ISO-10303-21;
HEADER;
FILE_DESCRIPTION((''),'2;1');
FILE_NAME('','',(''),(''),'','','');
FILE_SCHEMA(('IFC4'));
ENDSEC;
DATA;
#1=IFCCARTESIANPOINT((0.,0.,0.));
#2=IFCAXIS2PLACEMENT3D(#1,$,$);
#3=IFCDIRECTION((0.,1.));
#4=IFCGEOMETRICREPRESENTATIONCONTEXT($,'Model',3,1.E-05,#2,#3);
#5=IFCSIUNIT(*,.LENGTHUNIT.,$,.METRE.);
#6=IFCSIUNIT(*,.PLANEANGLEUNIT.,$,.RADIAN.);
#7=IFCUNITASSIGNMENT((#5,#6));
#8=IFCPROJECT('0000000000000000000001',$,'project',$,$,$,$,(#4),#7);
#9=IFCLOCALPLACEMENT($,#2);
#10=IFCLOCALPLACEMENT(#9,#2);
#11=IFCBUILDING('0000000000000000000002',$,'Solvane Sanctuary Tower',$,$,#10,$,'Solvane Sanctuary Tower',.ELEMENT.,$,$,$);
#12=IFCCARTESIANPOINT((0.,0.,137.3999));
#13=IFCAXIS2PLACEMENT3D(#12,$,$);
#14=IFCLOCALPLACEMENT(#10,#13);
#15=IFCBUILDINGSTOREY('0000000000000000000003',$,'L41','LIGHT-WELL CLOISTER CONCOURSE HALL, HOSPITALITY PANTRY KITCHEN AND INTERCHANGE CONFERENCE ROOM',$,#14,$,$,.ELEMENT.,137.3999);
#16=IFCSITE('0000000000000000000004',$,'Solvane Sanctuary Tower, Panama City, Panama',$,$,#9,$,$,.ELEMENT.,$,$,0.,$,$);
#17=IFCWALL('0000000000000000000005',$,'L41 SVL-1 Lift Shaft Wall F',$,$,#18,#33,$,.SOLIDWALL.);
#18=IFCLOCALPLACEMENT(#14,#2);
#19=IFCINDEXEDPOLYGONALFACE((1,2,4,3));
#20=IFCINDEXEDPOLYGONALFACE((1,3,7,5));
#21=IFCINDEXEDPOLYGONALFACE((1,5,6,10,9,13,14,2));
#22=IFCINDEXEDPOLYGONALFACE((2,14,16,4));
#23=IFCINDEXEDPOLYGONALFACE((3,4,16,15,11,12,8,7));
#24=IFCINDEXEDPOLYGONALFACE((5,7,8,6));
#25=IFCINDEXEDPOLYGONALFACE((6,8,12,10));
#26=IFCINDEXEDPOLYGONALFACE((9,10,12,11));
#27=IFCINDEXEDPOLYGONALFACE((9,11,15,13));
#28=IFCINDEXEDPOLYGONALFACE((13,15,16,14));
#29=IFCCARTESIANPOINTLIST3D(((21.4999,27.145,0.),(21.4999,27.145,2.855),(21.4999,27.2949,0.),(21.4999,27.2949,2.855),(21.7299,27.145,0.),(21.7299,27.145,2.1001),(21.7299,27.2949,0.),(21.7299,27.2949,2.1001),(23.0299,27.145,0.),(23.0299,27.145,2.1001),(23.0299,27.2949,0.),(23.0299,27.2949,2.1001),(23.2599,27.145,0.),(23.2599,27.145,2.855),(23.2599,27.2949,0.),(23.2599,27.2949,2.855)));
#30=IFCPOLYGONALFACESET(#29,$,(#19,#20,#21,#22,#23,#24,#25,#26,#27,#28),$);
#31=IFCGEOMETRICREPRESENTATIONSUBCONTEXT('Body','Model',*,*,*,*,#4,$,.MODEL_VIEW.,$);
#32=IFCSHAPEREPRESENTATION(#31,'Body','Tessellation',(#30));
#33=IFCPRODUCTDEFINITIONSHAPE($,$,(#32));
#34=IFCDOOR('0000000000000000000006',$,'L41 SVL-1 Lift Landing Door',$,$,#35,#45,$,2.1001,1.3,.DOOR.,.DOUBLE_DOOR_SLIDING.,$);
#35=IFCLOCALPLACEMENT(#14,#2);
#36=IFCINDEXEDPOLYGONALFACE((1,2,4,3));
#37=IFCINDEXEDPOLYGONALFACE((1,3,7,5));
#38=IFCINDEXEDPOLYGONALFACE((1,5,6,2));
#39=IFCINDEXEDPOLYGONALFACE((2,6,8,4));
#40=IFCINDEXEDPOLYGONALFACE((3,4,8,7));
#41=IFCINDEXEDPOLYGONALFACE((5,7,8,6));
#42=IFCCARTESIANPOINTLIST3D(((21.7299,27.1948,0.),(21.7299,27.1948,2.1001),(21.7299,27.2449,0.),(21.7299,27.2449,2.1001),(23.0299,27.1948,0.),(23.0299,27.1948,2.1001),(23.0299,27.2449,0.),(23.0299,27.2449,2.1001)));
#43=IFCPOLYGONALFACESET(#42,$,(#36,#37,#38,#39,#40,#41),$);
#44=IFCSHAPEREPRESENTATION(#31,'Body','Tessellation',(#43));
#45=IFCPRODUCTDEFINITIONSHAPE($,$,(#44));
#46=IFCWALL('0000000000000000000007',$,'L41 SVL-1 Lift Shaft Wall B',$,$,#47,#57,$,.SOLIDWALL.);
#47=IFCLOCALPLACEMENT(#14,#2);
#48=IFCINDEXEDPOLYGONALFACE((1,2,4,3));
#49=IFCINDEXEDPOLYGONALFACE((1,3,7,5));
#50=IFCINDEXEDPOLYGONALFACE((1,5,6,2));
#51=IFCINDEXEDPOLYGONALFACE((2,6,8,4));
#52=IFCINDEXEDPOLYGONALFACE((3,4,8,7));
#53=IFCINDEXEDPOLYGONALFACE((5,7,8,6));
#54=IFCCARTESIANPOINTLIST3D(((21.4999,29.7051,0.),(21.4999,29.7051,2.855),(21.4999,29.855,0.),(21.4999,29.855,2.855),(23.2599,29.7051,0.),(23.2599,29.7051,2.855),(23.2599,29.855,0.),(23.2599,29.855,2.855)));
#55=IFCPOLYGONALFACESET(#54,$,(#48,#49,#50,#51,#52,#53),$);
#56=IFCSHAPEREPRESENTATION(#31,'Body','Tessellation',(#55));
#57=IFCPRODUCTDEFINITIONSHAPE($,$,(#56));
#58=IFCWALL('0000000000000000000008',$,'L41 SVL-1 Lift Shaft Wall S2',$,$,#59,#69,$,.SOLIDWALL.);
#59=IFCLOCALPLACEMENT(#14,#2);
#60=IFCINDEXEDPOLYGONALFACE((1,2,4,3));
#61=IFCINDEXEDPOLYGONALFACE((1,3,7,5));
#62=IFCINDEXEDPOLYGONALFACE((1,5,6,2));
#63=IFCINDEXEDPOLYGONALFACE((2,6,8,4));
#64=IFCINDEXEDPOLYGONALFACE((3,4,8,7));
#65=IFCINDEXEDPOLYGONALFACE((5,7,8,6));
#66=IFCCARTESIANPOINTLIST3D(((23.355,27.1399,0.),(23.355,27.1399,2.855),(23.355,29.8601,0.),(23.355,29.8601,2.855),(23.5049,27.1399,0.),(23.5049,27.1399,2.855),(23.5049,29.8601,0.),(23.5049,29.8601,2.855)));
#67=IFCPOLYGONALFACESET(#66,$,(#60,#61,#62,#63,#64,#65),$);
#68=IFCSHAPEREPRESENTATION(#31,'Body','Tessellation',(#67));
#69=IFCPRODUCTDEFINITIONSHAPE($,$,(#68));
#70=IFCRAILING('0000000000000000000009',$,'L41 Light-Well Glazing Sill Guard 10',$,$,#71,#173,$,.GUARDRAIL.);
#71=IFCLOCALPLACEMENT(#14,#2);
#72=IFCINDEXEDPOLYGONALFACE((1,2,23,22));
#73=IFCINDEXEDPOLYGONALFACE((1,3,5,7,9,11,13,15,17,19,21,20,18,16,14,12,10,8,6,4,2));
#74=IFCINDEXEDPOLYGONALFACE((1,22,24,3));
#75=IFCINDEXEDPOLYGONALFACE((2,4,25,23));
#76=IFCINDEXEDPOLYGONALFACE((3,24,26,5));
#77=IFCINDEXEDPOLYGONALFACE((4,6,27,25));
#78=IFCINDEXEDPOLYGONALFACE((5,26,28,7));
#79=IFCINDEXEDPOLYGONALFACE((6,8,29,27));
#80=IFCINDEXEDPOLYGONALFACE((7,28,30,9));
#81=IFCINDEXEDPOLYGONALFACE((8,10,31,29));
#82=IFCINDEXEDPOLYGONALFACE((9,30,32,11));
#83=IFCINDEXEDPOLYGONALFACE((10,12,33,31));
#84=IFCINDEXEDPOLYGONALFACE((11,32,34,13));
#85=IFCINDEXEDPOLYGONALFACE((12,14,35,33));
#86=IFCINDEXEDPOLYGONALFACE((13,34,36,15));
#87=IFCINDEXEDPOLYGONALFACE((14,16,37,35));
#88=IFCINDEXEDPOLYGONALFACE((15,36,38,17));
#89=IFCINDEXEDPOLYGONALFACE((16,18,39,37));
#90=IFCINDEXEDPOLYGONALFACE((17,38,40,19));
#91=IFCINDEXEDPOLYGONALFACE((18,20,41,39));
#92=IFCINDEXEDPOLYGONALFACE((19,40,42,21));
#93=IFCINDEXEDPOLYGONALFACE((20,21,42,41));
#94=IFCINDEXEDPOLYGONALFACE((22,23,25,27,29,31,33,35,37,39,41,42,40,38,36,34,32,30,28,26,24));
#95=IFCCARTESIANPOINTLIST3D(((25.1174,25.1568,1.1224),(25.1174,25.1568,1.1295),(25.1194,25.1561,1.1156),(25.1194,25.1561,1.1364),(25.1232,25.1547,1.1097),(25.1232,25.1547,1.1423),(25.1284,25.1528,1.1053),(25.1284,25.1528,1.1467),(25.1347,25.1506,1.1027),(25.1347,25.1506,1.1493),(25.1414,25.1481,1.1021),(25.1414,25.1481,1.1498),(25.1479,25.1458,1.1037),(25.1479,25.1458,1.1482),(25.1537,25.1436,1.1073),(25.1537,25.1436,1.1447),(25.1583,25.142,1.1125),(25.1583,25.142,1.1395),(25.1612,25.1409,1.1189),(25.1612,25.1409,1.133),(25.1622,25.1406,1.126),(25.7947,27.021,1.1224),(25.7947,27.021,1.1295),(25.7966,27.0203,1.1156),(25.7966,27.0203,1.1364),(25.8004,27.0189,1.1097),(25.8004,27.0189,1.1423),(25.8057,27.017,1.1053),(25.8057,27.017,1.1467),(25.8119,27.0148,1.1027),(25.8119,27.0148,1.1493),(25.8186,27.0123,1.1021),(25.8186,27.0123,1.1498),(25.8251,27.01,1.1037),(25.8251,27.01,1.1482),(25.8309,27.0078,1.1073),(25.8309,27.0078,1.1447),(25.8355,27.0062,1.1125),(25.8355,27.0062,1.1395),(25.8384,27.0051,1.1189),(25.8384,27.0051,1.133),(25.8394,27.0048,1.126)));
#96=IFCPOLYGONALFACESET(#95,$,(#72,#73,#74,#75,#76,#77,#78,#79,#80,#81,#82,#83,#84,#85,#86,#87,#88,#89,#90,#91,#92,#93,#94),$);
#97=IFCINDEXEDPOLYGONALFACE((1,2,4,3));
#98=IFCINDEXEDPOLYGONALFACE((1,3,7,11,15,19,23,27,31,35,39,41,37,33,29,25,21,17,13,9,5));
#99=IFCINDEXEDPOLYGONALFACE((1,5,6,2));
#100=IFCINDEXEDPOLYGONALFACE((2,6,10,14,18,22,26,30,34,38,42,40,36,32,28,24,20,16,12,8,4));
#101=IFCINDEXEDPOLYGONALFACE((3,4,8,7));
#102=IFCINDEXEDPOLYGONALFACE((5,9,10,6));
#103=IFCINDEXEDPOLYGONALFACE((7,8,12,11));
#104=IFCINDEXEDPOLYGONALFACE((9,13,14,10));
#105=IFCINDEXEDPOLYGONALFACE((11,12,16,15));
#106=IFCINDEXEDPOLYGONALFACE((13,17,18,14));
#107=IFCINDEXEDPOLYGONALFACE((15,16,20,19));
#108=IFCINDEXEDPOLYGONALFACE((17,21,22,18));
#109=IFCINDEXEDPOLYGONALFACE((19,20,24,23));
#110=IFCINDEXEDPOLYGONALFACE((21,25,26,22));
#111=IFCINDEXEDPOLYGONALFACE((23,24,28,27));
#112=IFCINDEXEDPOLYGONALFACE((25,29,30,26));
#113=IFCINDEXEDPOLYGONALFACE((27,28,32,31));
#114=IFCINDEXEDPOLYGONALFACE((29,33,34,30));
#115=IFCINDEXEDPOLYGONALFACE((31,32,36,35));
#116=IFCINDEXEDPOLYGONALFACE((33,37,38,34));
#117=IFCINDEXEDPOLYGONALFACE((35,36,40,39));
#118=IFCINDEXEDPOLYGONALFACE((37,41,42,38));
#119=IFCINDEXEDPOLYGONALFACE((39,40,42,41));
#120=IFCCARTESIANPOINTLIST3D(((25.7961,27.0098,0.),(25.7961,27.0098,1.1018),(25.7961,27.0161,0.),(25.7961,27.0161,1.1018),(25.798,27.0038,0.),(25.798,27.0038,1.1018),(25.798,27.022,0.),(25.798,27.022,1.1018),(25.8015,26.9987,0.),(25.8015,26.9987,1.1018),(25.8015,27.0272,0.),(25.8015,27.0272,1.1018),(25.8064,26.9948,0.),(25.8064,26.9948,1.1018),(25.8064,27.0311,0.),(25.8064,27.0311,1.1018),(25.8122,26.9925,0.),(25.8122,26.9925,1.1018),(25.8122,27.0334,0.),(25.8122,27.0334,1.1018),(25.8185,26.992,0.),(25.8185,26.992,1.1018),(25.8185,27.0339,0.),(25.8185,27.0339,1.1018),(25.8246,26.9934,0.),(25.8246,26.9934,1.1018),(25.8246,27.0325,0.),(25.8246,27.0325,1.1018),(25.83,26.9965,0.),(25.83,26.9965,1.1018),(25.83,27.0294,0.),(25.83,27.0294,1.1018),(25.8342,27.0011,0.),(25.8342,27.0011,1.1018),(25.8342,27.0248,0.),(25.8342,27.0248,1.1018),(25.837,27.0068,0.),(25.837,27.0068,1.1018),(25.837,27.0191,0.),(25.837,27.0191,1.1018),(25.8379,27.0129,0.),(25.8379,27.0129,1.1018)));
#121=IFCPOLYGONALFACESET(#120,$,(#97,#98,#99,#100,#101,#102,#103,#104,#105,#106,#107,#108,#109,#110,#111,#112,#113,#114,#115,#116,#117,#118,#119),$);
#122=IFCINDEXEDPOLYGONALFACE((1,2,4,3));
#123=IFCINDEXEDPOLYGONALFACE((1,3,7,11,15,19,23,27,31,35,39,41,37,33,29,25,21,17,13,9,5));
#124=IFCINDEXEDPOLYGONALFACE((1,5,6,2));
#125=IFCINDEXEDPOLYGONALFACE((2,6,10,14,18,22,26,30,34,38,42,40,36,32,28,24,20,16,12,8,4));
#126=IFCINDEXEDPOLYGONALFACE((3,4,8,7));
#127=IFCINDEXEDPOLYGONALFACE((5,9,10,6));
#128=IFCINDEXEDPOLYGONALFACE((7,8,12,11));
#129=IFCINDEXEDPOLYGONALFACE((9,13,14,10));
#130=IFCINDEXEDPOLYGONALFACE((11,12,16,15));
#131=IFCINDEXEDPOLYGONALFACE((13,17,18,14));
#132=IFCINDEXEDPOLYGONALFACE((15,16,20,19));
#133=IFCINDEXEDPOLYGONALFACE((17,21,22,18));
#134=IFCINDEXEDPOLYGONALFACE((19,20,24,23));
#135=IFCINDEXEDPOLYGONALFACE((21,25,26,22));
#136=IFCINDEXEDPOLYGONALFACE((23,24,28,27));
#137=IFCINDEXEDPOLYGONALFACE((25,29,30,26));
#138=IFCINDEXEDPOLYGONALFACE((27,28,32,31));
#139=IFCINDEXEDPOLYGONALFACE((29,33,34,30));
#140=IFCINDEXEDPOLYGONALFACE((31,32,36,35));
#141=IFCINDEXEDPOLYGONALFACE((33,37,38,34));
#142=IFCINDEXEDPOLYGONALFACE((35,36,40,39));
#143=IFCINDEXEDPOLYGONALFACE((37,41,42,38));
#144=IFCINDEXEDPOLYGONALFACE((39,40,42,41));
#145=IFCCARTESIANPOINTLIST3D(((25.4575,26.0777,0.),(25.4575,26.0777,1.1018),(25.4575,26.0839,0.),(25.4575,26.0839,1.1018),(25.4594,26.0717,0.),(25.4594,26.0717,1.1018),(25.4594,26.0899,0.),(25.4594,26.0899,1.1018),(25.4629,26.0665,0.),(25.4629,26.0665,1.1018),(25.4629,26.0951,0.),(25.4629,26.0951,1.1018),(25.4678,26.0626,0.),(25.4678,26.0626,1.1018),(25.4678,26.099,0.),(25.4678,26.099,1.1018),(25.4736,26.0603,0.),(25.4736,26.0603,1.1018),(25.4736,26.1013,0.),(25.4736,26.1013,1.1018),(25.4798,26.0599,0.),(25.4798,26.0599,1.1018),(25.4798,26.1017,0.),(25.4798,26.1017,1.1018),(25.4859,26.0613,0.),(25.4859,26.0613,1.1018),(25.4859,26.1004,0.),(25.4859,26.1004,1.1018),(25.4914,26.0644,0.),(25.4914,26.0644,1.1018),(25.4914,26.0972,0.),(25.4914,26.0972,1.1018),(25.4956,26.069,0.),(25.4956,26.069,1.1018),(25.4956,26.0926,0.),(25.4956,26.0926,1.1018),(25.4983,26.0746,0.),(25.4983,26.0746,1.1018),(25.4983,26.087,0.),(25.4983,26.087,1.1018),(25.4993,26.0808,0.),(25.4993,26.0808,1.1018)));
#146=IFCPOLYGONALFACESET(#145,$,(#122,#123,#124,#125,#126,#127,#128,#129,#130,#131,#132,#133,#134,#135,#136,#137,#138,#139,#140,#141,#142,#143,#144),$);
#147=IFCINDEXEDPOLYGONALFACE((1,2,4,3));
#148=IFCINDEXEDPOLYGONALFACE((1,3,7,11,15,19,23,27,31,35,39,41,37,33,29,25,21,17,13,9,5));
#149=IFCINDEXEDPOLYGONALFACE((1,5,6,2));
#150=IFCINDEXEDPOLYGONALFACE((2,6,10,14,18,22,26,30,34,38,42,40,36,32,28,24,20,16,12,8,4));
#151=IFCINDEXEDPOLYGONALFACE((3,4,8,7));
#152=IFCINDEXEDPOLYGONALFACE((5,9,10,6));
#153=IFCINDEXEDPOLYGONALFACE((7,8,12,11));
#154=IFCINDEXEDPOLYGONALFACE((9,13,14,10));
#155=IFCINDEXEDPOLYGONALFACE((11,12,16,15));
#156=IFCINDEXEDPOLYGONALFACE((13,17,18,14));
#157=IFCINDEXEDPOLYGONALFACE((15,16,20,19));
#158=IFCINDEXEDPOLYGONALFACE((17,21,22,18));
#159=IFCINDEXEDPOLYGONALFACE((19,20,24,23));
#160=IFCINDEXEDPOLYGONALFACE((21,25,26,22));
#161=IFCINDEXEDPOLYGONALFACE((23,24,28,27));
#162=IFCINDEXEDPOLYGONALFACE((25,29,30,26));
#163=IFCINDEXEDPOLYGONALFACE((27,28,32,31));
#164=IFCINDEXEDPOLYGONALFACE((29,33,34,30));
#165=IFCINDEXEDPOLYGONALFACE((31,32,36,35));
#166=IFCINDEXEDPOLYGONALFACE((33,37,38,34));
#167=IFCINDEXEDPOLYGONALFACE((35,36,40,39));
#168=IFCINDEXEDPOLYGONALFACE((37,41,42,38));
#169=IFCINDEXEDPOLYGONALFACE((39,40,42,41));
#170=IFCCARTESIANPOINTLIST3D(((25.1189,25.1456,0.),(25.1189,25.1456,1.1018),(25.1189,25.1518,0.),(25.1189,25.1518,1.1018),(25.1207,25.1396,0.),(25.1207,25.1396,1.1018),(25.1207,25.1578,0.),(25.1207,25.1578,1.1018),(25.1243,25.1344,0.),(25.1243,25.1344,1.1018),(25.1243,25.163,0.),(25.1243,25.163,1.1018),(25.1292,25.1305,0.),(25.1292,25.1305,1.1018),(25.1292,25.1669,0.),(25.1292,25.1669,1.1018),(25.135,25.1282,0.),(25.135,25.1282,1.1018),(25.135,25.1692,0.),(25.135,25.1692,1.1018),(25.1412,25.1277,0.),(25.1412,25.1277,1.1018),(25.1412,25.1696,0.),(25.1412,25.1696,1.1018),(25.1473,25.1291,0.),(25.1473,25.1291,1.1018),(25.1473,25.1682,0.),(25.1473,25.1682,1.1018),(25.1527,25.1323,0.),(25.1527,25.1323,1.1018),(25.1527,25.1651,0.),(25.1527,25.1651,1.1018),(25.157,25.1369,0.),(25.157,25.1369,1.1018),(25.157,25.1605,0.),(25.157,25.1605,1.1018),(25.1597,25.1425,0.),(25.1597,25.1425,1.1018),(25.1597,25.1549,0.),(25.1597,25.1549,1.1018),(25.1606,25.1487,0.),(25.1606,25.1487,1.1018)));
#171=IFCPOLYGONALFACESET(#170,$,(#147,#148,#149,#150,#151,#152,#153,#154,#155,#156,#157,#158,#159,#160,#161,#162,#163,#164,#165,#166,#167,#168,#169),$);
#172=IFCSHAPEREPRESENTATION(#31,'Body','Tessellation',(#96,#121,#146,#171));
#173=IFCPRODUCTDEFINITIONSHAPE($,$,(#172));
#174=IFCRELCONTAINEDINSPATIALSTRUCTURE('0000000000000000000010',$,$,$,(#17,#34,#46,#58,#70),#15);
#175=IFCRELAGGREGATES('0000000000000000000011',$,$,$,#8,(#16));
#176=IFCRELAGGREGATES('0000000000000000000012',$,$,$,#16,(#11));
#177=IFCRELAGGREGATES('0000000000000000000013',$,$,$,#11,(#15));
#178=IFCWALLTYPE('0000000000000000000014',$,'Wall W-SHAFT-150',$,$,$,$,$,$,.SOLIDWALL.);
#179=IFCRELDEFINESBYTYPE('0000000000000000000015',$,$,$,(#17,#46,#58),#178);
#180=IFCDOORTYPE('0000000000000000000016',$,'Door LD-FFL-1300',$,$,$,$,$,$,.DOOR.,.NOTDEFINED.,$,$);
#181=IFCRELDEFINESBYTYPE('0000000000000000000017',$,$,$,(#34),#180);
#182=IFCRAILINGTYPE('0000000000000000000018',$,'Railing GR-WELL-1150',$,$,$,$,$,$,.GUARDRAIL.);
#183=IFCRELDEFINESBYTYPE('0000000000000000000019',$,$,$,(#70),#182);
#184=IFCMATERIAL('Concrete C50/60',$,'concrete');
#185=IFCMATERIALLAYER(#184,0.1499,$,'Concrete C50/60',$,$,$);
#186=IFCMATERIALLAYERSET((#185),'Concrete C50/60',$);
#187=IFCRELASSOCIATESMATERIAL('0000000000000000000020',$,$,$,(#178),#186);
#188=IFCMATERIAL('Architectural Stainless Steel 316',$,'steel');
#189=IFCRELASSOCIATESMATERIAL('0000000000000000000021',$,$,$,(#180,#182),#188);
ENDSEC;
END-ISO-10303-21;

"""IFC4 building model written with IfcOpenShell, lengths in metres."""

from ifc_helpers import new_model, si_unit, direction, frame, frame_2d, origin, origin_2d, place, context, subcontext, project, spatial, rectangle, circle, extrude, material, layer, layer_set, type_object, element, fill, save


model = new_model("IFC4")

# Units and contexts
model_context = context("Model", 3, precision=1e-05, world=origin(), true_north=direction((0.0, 1.0)))
body_context = subcontext(model_context, "Body", "Model", "MODEL_VIEW")
ifc_project = project(units=[si_unit("LENGTHUNIT", "METRE"), si_unit("PLANEANGLEUNIT", "RADIAN")], contexts=[model_context])

# Site, building, storey
site_placement = place(None, origin())
site = spatial("IfcSite", under=ifc_project, at=site_placement, Name="Solvane Sanctuary Tower, Panama City, Panama", CompositionType="ELEMENT", RefElevation=0.0)
building_placement = place(site_placement, origin())
building = spatial("IfcBuilding", under=site, at=building_placement, Name="Solvane Sanctuary Tower", LongName="Solvane Sanctuary Tower", CompositionType="ELEMENT")
storey_placement = place(building_placement, frame((0.0, 0.0, 137.3999)))
storey = spatial("IfcBuildingStorey", under=building, at=storey_placement, Name="L41", Description="LIGHT-WELL CLOISTER CONCOURSE HALL, HOSPITALITY PANTRY KITCHEN AND INTERCHANGE CONFERENCE ROOM", CompositionType="ELEMENT", Elevation=137.3999)

# Shared definitions
ifc_material_1 = material(Name="Concrete C50/60", Category="concrete")

# Shared definitions
ifc_material_2 = material(Name="Architectural Stainless Steel 316", Category="steel")

# Shared definitions
ifc_layer_1 = layer(ifc_material_1, 0.1499, Name="Concrete C50/60")
ifc_layer_set_1 = layer_set([ifc_layer_1], Name="Concrete C50/60")
wall_type_1 = type_object("IfcWallType", Name="Wall W-SHAFT-150", PredefinedType="SOLIDWALL", material=ifc_layer_set_1)

# Wall, opening, door
wall_1_placement = place(storey_placement, frame((21.5, 27.22, 0.0), z_axis=(0.0, 0.0, 1.0), x_axis=(1.0, 0.0, 0.0)))
wall_1 = element("IfcWall", 1, at=wall_1_placement, inside=storey, type_object=wall_type_1, Name="L41 SVL-1 Lift Shaft Wall F", PredefinedType="SOLIDWALL", context=body_context, shape_type="SweptSolid", body=[
    extrude(rectangle(XDim=1.76, YDim=0.1499, at=frame_2d((0.8799, 0.0))), origin(), (0.0, 0.0, 1.0), 2.855),
])
opening_1_placement = place(wall_1_placement, frame((0.23, 0.0, 0.0)))
opening_1 = element("IfcOpeningElement", 2, at=opening_1_placement, cuts=wall_1, PredefinedType="OPENING", context=body_context, shape_type="SweptSolid", body=[
    extrude(rectangle(XDim=1.3, YDim=2.1001, at=frame_2d((0.6499, 1.05))), frame((0.0, 0.085, 0.0), z_axis=(0.0, -1.0, 0.0), x_axis=(1.0, 0.0, 0.0)), (0.0, 0.0, 1.0), 0.1699),
])
door_type_1 = type_object("IfcDoorType", Name="Door LD-FFL-1300", OperationType="NOTDEFINED", PredefinedType="DOOR", material=ifc_material_2)
door_1_placement = place(opening_1_placement, origin())
door_1 = element("IfcDoor", 3, at=door_1_placement, inside=storey, type_object=door_type_1, Name="L41 SVL-1 Lift Landing Door", OperationType="DOUBLE_DOOR_SLIDING", OverallHeight=2.1001, OverallWidth=1.3, PredefinedType="DOOR", context=body_context, shape_type="SweptSolid", body=[
    extrude(rectangle(XDim=1.3, YDim=2.1001, at=frame_2d((0.6499, 1.05))), frame((0.0, 0.0249, 0.0), z_axis=(0.0, -1.0, 0.0), x_axis=(1.0, 0.0, 0.0)), (0.0, 0.0, 1.0), 0.05),
])
fill(opening_1, door_1)

# Walls
wall_2_placement = place(storey_placement, frame((21.5, 29.78, 0.0), z_axis=(0.0, 0.0, 1.0), x_axis=(1.0, 0.0, 0.0)))
element("IfcWall", 4, at=wall_2_placement, inside=storey, type_object=wall_type_1, Name="L41 SVL-1 Lift Shaft Wall B", PredefinedType="SOLIDWALL", context=body_context, shape_type="SweptSolid", body=[
    extrude(rectangle(XDim=1.76, YDim=0.1499, at=frame_2d((0.8799, 0.0))), origin(), (0.0, 0.0, 1.0), 2.855),
])
wall_3_placement = place(storey_placement, frame((23.4299, 27.1399, 0.0), z_axis=(0.0, 0.0, 1.0), x_axis=(0.0, 1.0, 0.0)))
element("IfcWall", 5, at=wall_3_placement, inside=storey, type_object=wall_type_1, Name="L41 SVL-1 Lift Shaft Wall S2", PredefinedType="SOLIDWALL", context=body_context, shape_type="SweptSolid", body=[
    extrude(rectangle(XDim=2.7202, YDim=0.1499, at=frame_2d((1.3601, 0.0))), origin(), (0.0, 0.0, 1.0), 2.855),
])

# Railing
railing_type = type_object("IfcRailingType", Name="Railing GR-WELL-1150", PredefinedType="GUARDRAIL", material=ifc_material_2)
railing_placement = place(storey_placement, frame((25.8169, 27.0129, 0.0)))
element("IfcRailing", 6, at=railing_placement, inside=storey, type_object=railing_type, Name="L41 Light-Well Glazing Sill Guard 10", PredefinedType="GUARDRAIL", context=body_context, shape_type="SweptSolid", body=[
    extrude(circle(Radius=0.0239, at=origin_2d()), frame((0.0, 0.0, 1.126), z_axis=(-0.341447, -0.939901, 0.0), x_axis=(0.939901, -0.341447, 0.0)), (0.0, 0.0, 1.0), 1.9834),
    extrude(circle(Radius=0.021, at=origin_2d()), origin(), (0.0, 0.0, 1.0), 1.1018),
    extrude(circle(Radius=0.021, at=origin_2d()), frame((-0.3386, -0.9321, 0.0)), (0.0, 0.0, 1.0), 1.1018),
    extrude(circle(Radius=0.021, at=origin_2d()), frame((-0.6772, -1.8643, 0.0)), (0.0, 0.0, 1.0), 1.1018),
])

save(model, "model.ifc")
